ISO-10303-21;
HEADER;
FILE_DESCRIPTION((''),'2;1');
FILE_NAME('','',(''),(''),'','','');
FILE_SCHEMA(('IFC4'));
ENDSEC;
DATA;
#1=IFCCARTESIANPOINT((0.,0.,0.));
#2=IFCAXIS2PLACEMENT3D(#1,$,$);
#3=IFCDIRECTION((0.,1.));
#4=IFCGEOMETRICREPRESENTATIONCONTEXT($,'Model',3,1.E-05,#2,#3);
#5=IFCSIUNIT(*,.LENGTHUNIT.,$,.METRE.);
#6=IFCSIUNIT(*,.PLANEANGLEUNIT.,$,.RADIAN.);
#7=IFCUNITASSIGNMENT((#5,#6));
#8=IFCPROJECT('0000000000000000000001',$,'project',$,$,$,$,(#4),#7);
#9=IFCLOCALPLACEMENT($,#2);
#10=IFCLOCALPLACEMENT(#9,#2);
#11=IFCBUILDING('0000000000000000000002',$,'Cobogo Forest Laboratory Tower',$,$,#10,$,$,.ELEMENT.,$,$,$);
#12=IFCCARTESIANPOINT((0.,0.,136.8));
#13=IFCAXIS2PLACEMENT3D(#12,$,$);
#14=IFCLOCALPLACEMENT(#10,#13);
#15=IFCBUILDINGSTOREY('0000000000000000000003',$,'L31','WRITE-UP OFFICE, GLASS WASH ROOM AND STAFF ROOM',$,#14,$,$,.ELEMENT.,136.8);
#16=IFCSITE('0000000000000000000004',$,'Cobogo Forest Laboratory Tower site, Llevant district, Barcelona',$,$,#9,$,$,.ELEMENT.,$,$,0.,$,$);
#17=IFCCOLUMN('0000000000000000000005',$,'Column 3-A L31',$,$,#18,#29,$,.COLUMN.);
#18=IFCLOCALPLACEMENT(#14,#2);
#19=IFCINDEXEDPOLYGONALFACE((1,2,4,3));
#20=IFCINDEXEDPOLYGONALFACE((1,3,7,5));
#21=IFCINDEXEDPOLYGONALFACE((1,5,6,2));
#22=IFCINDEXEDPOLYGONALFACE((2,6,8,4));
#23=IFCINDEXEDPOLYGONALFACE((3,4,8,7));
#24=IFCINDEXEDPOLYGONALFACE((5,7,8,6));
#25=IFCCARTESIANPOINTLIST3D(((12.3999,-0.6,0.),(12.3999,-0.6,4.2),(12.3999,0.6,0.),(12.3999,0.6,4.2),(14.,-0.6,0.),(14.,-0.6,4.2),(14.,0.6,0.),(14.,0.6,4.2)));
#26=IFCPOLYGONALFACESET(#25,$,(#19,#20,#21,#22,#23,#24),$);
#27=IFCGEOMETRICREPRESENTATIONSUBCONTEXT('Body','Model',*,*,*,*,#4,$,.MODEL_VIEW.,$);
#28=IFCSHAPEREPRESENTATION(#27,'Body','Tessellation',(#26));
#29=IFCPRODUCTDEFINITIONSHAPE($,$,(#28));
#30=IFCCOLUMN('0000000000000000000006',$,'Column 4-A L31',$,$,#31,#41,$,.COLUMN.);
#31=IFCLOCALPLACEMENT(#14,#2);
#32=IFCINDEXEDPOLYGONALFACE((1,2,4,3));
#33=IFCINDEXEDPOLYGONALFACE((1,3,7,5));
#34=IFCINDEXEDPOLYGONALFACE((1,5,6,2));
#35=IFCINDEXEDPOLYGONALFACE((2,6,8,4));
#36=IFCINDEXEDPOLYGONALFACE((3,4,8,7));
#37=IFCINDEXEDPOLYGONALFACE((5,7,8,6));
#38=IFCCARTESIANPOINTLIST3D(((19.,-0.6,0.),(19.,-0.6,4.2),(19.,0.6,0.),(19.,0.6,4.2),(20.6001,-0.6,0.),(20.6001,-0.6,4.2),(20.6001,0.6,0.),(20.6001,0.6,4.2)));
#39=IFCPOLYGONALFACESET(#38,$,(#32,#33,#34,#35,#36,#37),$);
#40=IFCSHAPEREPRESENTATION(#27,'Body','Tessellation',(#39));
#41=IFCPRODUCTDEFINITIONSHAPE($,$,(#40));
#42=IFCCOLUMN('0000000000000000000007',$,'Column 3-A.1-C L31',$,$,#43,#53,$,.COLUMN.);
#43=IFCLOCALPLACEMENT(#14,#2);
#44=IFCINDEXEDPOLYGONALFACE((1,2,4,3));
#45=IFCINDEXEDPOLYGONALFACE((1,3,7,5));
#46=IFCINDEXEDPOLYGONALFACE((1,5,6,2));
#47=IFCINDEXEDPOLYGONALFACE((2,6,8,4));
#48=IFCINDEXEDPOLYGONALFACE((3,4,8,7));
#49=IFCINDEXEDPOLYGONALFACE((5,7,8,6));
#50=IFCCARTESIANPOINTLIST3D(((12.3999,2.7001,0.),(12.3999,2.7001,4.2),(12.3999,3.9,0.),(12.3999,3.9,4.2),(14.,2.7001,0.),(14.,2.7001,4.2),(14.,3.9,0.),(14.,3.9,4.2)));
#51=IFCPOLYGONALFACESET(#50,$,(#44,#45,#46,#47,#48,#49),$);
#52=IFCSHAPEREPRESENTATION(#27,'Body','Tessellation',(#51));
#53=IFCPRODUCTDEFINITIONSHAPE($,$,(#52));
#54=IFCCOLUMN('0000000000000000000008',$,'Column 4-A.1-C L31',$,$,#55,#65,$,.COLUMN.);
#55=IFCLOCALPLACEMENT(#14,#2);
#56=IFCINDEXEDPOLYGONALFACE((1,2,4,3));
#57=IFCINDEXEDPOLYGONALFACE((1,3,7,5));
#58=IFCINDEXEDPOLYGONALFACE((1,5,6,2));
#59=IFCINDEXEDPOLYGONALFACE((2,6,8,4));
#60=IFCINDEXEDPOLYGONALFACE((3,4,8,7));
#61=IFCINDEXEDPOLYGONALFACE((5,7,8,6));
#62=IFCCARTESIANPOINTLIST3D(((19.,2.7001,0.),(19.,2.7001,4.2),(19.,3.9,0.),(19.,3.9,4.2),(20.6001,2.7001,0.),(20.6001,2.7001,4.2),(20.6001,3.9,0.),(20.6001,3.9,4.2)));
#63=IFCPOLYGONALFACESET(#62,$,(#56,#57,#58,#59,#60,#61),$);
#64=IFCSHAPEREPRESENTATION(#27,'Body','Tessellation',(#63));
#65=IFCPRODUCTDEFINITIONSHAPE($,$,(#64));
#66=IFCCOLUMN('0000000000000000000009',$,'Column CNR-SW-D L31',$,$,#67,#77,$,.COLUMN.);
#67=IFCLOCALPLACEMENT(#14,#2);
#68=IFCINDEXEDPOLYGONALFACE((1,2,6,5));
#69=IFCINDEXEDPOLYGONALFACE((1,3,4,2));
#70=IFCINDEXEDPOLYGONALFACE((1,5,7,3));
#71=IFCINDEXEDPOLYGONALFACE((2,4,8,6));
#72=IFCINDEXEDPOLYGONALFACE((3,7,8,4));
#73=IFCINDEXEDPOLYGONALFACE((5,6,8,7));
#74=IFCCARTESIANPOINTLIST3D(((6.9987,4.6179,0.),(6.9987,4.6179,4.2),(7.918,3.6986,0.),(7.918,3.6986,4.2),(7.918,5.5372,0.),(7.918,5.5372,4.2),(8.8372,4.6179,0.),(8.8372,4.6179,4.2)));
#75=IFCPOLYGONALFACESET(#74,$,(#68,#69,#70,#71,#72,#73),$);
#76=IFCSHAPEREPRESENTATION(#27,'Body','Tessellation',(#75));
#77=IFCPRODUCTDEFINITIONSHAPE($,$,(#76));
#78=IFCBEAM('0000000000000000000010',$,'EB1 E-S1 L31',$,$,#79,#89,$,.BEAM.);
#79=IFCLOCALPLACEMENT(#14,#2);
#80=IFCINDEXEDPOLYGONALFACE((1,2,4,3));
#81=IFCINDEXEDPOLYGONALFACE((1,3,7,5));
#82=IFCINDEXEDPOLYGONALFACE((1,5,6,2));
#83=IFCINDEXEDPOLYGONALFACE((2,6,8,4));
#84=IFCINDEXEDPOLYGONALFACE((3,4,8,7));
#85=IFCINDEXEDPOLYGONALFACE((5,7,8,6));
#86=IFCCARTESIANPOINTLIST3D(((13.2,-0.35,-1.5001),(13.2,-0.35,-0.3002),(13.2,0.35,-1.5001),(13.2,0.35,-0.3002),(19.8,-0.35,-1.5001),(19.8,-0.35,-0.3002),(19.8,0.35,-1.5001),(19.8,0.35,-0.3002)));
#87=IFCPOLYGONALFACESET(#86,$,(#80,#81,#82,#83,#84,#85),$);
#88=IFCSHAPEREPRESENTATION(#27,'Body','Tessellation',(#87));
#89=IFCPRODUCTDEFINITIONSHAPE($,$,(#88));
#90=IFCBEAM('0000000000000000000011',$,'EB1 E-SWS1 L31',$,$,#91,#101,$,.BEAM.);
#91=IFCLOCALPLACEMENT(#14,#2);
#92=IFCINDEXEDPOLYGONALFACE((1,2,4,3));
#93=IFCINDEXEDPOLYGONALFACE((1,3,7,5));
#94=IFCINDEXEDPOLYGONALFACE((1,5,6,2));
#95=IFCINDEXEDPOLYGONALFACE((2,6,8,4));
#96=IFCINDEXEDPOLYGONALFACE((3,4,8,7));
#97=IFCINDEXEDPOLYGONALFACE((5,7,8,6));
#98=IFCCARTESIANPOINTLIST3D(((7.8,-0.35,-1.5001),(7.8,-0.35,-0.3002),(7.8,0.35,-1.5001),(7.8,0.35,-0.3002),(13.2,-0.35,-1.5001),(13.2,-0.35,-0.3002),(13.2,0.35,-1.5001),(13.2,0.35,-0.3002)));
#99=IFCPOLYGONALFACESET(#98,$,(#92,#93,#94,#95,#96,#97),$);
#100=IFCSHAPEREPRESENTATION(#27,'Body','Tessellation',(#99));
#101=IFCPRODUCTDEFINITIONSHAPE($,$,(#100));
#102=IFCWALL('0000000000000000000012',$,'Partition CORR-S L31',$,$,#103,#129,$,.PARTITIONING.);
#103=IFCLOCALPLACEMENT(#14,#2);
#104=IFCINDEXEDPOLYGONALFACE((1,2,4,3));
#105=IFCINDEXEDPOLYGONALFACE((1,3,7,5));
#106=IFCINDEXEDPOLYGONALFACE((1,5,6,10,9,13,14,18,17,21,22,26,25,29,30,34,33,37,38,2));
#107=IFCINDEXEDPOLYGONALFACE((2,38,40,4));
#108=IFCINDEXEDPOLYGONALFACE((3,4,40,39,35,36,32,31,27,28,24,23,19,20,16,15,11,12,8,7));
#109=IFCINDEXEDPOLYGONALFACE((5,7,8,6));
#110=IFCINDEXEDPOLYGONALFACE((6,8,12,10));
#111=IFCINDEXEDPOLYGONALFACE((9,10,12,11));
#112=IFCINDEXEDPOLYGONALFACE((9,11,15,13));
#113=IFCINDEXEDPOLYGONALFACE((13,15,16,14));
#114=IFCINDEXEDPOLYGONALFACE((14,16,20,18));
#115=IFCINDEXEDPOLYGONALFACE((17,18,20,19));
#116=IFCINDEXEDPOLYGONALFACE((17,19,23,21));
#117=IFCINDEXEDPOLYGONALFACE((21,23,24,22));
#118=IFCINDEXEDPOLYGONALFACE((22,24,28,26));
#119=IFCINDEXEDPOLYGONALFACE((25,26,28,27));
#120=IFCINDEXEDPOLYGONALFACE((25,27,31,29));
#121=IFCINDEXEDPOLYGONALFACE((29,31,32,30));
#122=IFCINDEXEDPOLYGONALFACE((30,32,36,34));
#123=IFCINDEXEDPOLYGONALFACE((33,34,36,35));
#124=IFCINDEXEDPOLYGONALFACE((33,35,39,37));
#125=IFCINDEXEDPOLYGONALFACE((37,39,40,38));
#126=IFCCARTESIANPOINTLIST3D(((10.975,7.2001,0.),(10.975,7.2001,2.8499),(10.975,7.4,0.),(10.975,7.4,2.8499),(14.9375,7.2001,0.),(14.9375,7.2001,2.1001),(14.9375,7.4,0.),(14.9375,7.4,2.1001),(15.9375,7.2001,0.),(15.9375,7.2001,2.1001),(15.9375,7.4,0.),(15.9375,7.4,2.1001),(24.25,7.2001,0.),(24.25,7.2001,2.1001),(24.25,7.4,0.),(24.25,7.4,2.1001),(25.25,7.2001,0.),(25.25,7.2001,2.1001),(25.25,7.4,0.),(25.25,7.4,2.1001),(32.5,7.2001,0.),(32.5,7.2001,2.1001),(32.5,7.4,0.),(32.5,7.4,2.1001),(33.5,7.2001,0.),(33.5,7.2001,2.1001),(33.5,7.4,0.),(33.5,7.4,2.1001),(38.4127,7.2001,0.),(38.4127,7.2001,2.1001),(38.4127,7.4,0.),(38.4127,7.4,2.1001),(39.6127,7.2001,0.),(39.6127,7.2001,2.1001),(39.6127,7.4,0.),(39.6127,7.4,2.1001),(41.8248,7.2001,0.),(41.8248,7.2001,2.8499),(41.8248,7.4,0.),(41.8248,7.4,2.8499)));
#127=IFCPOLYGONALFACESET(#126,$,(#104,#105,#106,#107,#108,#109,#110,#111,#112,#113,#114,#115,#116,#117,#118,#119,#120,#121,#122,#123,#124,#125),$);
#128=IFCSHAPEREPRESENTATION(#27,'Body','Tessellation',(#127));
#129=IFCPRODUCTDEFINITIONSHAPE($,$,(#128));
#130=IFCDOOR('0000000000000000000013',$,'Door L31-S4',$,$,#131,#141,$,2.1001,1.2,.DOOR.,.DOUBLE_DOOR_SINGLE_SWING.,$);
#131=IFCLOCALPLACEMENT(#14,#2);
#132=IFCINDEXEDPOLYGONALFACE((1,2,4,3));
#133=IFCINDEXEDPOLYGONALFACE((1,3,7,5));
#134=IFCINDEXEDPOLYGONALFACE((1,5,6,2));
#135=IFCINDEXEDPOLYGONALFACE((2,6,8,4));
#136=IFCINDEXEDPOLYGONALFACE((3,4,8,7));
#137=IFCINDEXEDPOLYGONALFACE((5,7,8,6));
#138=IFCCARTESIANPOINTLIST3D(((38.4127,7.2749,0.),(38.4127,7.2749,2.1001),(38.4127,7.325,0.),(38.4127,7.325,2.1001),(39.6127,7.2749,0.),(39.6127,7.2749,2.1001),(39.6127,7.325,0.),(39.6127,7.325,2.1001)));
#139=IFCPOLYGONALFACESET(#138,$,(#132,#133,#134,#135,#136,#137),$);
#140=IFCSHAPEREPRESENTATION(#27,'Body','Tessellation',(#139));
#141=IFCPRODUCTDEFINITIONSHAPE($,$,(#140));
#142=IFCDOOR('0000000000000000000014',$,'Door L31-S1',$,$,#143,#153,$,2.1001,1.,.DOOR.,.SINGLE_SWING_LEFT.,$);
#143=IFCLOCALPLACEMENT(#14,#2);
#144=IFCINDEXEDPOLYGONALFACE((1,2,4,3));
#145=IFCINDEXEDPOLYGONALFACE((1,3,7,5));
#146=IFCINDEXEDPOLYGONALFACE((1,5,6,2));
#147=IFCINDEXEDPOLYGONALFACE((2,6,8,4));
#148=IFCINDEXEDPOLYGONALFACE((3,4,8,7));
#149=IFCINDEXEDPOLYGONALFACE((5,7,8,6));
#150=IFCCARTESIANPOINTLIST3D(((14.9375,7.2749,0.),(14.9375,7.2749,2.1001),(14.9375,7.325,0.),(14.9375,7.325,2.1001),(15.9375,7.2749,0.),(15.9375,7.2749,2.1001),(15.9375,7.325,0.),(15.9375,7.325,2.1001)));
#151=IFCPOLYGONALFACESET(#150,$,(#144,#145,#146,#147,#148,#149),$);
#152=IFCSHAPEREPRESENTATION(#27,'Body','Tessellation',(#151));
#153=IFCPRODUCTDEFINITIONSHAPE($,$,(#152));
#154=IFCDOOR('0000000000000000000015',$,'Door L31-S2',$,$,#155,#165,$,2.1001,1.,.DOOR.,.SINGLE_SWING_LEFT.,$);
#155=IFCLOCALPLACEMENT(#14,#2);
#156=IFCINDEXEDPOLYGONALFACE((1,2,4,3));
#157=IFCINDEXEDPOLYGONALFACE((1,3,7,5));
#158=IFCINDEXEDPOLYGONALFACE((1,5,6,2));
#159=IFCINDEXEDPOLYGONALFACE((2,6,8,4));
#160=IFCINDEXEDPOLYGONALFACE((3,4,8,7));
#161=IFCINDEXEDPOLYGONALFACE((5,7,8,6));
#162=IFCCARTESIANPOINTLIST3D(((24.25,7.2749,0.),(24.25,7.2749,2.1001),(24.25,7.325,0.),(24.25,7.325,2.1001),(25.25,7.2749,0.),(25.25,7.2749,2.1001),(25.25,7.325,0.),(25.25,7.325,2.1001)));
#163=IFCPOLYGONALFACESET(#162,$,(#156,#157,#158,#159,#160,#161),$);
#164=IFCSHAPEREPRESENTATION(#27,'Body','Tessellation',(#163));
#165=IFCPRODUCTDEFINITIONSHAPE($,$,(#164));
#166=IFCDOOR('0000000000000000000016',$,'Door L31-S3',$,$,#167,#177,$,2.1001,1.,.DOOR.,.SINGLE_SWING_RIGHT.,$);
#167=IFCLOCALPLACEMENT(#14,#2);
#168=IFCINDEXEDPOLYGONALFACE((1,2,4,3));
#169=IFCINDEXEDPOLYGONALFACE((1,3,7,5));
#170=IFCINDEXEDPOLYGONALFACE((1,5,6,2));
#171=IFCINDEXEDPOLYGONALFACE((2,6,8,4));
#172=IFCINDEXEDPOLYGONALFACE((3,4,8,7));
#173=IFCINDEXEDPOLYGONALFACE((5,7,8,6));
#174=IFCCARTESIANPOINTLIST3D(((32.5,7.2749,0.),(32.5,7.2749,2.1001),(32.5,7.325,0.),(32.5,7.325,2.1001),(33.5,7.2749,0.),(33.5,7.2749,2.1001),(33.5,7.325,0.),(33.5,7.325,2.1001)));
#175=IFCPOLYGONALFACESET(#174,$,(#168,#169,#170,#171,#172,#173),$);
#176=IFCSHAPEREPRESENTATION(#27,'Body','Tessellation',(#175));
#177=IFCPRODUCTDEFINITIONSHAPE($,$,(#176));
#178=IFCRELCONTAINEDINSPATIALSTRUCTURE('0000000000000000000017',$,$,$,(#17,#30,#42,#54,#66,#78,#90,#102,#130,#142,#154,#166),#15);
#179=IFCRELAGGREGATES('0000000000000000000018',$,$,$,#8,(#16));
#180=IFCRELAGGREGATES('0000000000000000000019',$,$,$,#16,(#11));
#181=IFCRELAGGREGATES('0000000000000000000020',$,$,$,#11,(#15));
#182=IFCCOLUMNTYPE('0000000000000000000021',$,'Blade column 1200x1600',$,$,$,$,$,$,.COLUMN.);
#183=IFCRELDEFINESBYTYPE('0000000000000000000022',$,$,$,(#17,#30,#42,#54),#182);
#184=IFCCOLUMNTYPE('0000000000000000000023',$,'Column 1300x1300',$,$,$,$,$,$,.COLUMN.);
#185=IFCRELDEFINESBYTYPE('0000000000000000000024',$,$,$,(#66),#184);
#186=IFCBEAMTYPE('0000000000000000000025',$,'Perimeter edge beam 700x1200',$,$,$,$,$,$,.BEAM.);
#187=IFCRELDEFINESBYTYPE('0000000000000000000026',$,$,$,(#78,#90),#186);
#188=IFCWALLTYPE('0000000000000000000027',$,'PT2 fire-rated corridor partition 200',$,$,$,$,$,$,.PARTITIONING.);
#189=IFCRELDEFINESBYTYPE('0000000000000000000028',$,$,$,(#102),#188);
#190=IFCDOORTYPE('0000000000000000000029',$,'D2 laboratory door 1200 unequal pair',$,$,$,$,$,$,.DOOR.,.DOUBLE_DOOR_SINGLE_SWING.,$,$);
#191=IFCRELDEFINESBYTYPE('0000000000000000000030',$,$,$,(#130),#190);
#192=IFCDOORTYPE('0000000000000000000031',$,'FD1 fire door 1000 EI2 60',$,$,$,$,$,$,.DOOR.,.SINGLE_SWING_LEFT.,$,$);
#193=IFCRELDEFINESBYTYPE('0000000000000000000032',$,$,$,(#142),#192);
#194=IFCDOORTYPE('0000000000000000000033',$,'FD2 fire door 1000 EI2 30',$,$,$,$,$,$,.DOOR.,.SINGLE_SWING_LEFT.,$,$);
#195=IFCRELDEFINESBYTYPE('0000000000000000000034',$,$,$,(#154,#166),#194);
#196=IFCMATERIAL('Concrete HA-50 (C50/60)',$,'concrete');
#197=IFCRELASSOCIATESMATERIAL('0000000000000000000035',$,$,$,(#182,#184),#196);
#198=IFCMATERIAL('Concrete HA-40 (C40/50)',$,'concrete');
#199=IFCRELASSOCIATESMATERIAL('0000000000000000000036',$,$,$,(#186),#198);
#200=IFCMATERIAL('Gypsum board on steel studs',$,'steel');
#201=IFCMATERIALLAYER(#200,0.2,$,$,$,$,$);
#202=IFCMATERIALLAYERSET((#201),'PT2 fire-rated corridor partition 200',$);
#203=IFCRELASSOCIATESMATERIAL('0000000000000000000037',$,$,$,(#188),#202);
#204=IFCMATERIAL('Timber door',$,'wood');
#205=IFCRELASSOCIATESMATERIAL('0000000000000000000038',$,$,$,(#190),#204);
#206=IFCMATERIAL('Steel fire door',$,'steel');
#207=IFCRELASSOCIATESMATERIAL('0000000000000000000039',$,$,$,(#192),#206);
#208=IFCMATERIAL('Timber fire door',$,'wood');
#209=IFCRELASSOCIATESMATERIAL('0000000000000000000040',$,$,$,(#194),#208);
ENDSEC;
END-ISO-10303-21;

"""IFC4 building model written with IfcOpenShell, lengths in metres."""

from ifc_helpers import new_model, si_unit, direction, frame, frame_2d, origin, origin_2d, place, context, subcontext, project, spatial, rectangle, extrude, material, layer, layer_set, material_profile, profile_set, type_object, element, fill, save


model = new_model("IFC4")

# Units and contexts
model_context = context("Model", 3, precision=1e-05, world=origin(), true_north=direction((0.0, 1.0)))
body_context = subcontext(model_context, "Body", "Model", "MODEL_VIEW")
ifc_project = project(units=[si_unit("LENGTHUNIT", "METRE"), si_unit("PLANEANGLEUNIT", "RADIAN")], contexts=[model_context])

# Site, building, storey
site_placement = place(None, origin())
site = spatial("IfcSite", under=ifc_project, at=site_placement, Name="Cobogo Forest Laboratory Tower site, Llevant district, Barcelona", CompositionType="ELEMENT", RefElevation=0.0)
building_placement = place(site_placement, origin())
building = spatial("IfcBuilding", under=site, at=building_placement, Name="Cobogo Forest Laboratory Tower", CompositionType="ELEMENT")
storey_placement = place(building_placement, frame((0.0, 0.0, 136.8)))
storey = spatial("IfcBuildingStorey", under=building, at=storey_placement, Name="L31", Description="WRITE-UP OFFICE, GLASS WASH ROOM AND STAFF ROOM", CompositionType="ELEMENT", Elevation=136.8)

# Columns
ifc_material_1 = material(Name="Concrete HA-50 (C50/60)", Category="concrete")
ifc_material_profile_1 = material_profile(ifc_material_1, rectangle(XDim=1.6001, YDim=1.2, at=origin_2d()), Name="RC 1200x1600")
ifc_profile_set_1 = profile_set([ifc_material_profile_1], Name="Concrete HA-50 (C50/60)")
column_type_1 = type_object("IfcColumnType", Name="Blade column 1200x1600", PredefinedType="COLUMN", material=ifc_profile_set_1)
for number, where, z_axis, x_axis, name in (
    (1, (13.2, 0.0, 0.0), (0.0, 0.0, 1.0), (1.0, 0.0, 0.0), "Column 3-A L31"),
    (2, (19.8, 0.0, 0.0), (0.0, 0.0, 1.0), (1.0, 0.0, 0.0), "Column 4-A L31"),
    (3, (13.2, 3.3, 0.0), (0.0, 0.0, 1.0), (1.0, 0.0, 0.0), "Column 3-A.1-C L31"),
    (4, (19.8, 3.3, 0.0), (0.0, 0.0, 1.0), (1.0, 0.0, 0.0), "Column 4-A.1-C L31"),
):
    element("IfcColumn", number, at=place(storey_placement, frame(where, z_axis=z_axis, x_axis=x_axis)), inside=storey, type_object=column_type_1, Name=name, PredefinedType="COLUMN", context=body_context, shape_type="SweptSolid", body=[
        extrude(rectangle(XDim=1.6001, YDim=1.2, at=origin_2d()), origin(), (0.0, 0.0, 1.0), 4.2),
    ])
ifc_material_profile_2 = material_profile(ifc_material_1, rectangle(XDim=1.3, YDim=1.3, at=origin_2d()), Name="RC 1300x1300")
ifc_profile_set_2 = profile_set([ifc_material_profile_2], Name="Concrete HA-50 (C50/60)")
column_type_2 = type_object("IfcColumnType", Name="Column 1300x1300", PredefinedType="COLUMN", material=ifc_profile_set_2)
column_placement = place(storey_placement, frame((7.918, 4.6179, 0.0), z_axis=(0.0, 0.0, 1.0), x_axis=(0.707107, 0.707107, 0.0)))
element("IfcColumn", 5, at=column_placement, inside=storey, type_object=column_type_2, Name="Column CNR-SW-D L31", PredefinedType="COLUMN", context=body_context, shape_type="SweptSolid", body=[
    extrude(rectangle(XDim=1.3, YDim=1.3, at=origin_2d()), origin(), (0.0, 0.0, 1.0), 4.2),
])

# Beams
ifc_material_2 = material(Name="Concrete HA-40 (C40/50)", Category="concrete")
ifc_material_profile_3 = material_profile(ifc_material_2, rectangle(XDim=0.7, YDim=1.2, at=origin_2d()), Name="RC 700x1200")
ifc_profile_set_3 = profile_set([ifc_material_profile_3], Name="Concrete HA-40 (C40/50)")
beam_type = type_object("IfcBeamType", Name="Perimeter edge beam 700x1200", PredefinedType="BEAM", material=ifc_profile_set_3)
beam_1_placement = place(storey_placement, frame((13.2, 0.0, -0.9001), z_axis=(1.0, 0.0, 0.0), x_axis=(0.0, 1.0, 0.0)))
element("IfcBeam", 6, at=beam_1_placement, inside=storey, type_object=beam_type, Name="EB1 E-S1 L31", PredefinedType="BEAM", context=body_context, shape_type="SweptSolid", body=[
    extrude(rectangle(XDim=0.7, YDim=1.2, at=origin_2d()), origin(), (0.0, 0.0, 1.0), 6.6001),
])
beam_2_placement = place(storey_placement, frame((13.2, 0.0, -0.9001), z_axis=(-1.0, 0.0, 0.0), x_axis=(0.0, -1.0, 0.0)))
element("IfcBeam", 7, at=beam_2_placement, inside=storey, type_object=beam_type, Name="EB1 E-SWS1 L31", PredefinedType="BEAM", context=body_context, shape_type="SweptSolid", body=[
    extrude(rectangle(XDim=0.7, YDim=1.2, at=origin_2d()), origin(), (0.0, 0.0, 1.0), 5.3999),
])

# Wall, openings, doors
ifc_material_3 = material(Name="Gypsum board on steel studs", Category="steel")
ifc_layer = layer(ifc_material_3, 0.2)
ifc_layer_set = layer_set([ifc_layer], Name="PT2 fire-rated corridor partition 200")
wall_type = type_object("IfcWallType", Name="PT2 fire-rated corridor partition 200", PredefinedType="PARTITIONING", material=ifc_layer_set)
wall_placement = place(storey_placement, frame((10.9751, 7.3, 0.0), z_axis=(0.0, 0.0, 1.0), x_axis=(1.0, 0.0, 0.0)))
wall = element("IfcWall", 8, at=wall_placement, inside=storey, type_object=wall_type, Name="Partition CORR-S L31", PredefinedType="PARTITIONING", context=body_context, shape_type="SweptSolid", body=[
    extrude(rectangle(XDim=30.8499, YDim=0.2, at=frame_2d((15.4248, 0.0))), origin(), (0.0, 0.0, 1.0), 2.8499),
])
opening_1_placement = place(wall_placement, frame((3.9624, 0.0, 0.0)))
opening_1 = element("IfcOpeningElement", 9, at=opening_1_placement, cuts=wall, PredefinedType="OPENING", context=body_context, shape_type="SweptSolid", body=[
    extrude(rectangle(XDim=1.0, YDim=2.1001, at=frame_2d((0.5, 1.05))), frame((0.0, 0.1099, 0.0), z_axis=(0.0, -1.0, 0.0), x_axis=(1.0, 0.0, 0.0)), (0.0, 0.0, 1.0), 0.22),
])
opening_2_placement = place(wall_placement, frame((13.2749, 0.0, 0.0)))
opening_2 = element("IfcOpeningElement", 10, at=opening_2_placement, cuts=wall, PredefinedType="OPENING", context=body_context, shape_type="SweptSolid", body=[
    extrude(rectangle(XDim=1.0, YDim=2.1001, at=frame_2d((0.5, 1.05))), frame((0.0, 0.1099, 0.0), z_axis=(0.0, -1.0, 0.0), x_axis=(1.0, 0.0, 0.0)), (0.0, 0.0, 1.0), 0.22),
])
opening_3_placement = place(wall_placement, frame((21.5249, 0.0, 0.0)))
opening_3 = element("IfcOpeningElement", 11, at=opening_3_placement, cuts=wall, PredefinedType="OPENING", context=body_context, shape_type="SweptSolid", body=[
    extrude(rectangle(XDim=1.0, YDim=2.1001, at=frame_2d((0.5, 1.05))), frame((0.0, 0.1099, 0.0), z_axis=(0.0, -1.0, 0.0), x_axis=(1.0, 0.0, 0.0)), (0.0, 0.0, 1.0), 0.22),
])
opening_4_placement = place(wall_placement, frame((27.4375, 0.0, 0.0)))
opening_4 = element("IfcOpeningElement", 12, at=opening_4_placement, cuts=wall, PredefinedType="OPENING", context=body_context, shape_type="SweptSolid", body=[
    extrude(rectangle(XDim=1.2, YDim=2.1001, at=frame_2d((0.6001, 1.05))), frame((0.0, 0.1099, 0.0), z_axis=(0.0, -1.0, 0.0), x_axis=(1.0, 0.0, 0.0)), (0.0, 0.0, 1.0), 0.22),
])
ifc_material_4 = material(Name="Timber door", Category="wood")
door_type_1 = type_object("IfcDoorType", Name="D2 laboratory door 1200 unequal pair", OperationType="DOUBLE_DOOR_SINGLE_SWING", PredefinedType="DOOR", material=ifc_material_4)
door_1_placement = place(opening_4_placement, origin())
door_1 = element("IfcDoor", 13, at=door_1_placement, inside=storey, type_object=door_type_1, Name="Door L31-S4", OperationType="DOUBLE_DOOR_SINGLE_SWING", OverallHeight=2.1001, OverallWidth=1.2, PredefinedType="DOOR", context=body_context, shape_type="SweptSolid", body=[
    extrude(rectangle(XDim=1.2, YDim=2.1001, at=frame_2d((0.6001, 1.05))), frame((0.0, 0.0249, 0.0), z_axis=(0.0, -1.0, 0.0), x_axis=(1.0, 0.0, 0.0)), (0.0, 0.0, 1.0), 0.05),
])
fill(opening_4, door_1)
ifc_material_5 = material(Name="Steel fire door", Category="steel")
door_type_2 = type_object("IfcDoorType", Name="FD1 fire door 1000 EI2 60", OperationType="SINGLE_SWING_LEFT", PredefinedType="DOOR", material=ifc_material_5)
door_2_placement = place(opening_1_placement, origin())
door_2 = element("IfcDoor", 14, at=door_2_placement, inside=storey, type_object=door_type_2, Name="Door L31-S1", OperationType="SINGLE_SWING_LEFT", OverallHeight=2.1001, OverallWidth=1.0, PredefinedType="DOOR", context=body_context, shape_type="SweptSolid", body=[
    extrude(rectangle(XDim=1.0, YDim=2.1001, at=frame_2d((0.5, 1.05))), frame((0.0, 0.0249, 0.0), z_axis=(0.0, -1.0, 0.0), x_axis=(1.0, 0.0, 0.0)), (0.0, 0.0, 1.0), 0.05),
])
fill(opening_1, door_2)
ifc_material_6 = material(Name="Timber fire door", Category="wood")
door_type_3 = type_object("IfcDoorType", Name="FD2 fire door 1000 EI2 30", OperationType="SINGLE_SWING_LEFT", PredefinedType="DOOR", material=ifc_material_6)
door_3_placement = place(opening_2_placement, origin())
door_3 = element("IfcDoor", 15, at=door_3_placement, inside=storey, type_object=door_type_3, Name="Door L31-S2", OperationType="SINGLE_SWING_LEFT", OverallHeight=2.1001, OverallWidth=1.0, PredefinedType="DOOR", context=body_context, shape_type="SweptSolid", body=[
    extrude(rectangle(XDim=1.0, YDim=2.1001, at=frame_2d((0.5, 1.05))), frame((0.0, 0.0249, 0.0), z_axis=(0.0, -1.0, 0.0), x_axis=(1.0, 0.0, 0.0)), (0.0, 0.0, 1.0), 0.05),
])
fill(opening_2, door_3)
door_4_placement = place(opening_3_placement, origin())
door_4 = element("IfcDoor", 16, at=door_4_placement, inside=storey, type_object=door_type_3, Name="Door L31-S3", OperationType="SINGLE_SWING_RIGHT", OverallHeight=2.1001, OverallWidth=1.0, PredefinedType="DOOR", context=body_context, shape_type="SweptSolid", body=[
    extrude(rectangle(XDim=1.0, YDim=2.1001, at=frame_2d((0.5, 1.05))), frame((0.0, 0.0249, 0.0), z_axis=(0.0, -1.0, 0.0), x_axis=(1.0, 0.0, 0.0)), (0.0, 0.0, 1.0), 0.05),
])
fill(opening_3, door_4)

save(model, "model.ifc")
